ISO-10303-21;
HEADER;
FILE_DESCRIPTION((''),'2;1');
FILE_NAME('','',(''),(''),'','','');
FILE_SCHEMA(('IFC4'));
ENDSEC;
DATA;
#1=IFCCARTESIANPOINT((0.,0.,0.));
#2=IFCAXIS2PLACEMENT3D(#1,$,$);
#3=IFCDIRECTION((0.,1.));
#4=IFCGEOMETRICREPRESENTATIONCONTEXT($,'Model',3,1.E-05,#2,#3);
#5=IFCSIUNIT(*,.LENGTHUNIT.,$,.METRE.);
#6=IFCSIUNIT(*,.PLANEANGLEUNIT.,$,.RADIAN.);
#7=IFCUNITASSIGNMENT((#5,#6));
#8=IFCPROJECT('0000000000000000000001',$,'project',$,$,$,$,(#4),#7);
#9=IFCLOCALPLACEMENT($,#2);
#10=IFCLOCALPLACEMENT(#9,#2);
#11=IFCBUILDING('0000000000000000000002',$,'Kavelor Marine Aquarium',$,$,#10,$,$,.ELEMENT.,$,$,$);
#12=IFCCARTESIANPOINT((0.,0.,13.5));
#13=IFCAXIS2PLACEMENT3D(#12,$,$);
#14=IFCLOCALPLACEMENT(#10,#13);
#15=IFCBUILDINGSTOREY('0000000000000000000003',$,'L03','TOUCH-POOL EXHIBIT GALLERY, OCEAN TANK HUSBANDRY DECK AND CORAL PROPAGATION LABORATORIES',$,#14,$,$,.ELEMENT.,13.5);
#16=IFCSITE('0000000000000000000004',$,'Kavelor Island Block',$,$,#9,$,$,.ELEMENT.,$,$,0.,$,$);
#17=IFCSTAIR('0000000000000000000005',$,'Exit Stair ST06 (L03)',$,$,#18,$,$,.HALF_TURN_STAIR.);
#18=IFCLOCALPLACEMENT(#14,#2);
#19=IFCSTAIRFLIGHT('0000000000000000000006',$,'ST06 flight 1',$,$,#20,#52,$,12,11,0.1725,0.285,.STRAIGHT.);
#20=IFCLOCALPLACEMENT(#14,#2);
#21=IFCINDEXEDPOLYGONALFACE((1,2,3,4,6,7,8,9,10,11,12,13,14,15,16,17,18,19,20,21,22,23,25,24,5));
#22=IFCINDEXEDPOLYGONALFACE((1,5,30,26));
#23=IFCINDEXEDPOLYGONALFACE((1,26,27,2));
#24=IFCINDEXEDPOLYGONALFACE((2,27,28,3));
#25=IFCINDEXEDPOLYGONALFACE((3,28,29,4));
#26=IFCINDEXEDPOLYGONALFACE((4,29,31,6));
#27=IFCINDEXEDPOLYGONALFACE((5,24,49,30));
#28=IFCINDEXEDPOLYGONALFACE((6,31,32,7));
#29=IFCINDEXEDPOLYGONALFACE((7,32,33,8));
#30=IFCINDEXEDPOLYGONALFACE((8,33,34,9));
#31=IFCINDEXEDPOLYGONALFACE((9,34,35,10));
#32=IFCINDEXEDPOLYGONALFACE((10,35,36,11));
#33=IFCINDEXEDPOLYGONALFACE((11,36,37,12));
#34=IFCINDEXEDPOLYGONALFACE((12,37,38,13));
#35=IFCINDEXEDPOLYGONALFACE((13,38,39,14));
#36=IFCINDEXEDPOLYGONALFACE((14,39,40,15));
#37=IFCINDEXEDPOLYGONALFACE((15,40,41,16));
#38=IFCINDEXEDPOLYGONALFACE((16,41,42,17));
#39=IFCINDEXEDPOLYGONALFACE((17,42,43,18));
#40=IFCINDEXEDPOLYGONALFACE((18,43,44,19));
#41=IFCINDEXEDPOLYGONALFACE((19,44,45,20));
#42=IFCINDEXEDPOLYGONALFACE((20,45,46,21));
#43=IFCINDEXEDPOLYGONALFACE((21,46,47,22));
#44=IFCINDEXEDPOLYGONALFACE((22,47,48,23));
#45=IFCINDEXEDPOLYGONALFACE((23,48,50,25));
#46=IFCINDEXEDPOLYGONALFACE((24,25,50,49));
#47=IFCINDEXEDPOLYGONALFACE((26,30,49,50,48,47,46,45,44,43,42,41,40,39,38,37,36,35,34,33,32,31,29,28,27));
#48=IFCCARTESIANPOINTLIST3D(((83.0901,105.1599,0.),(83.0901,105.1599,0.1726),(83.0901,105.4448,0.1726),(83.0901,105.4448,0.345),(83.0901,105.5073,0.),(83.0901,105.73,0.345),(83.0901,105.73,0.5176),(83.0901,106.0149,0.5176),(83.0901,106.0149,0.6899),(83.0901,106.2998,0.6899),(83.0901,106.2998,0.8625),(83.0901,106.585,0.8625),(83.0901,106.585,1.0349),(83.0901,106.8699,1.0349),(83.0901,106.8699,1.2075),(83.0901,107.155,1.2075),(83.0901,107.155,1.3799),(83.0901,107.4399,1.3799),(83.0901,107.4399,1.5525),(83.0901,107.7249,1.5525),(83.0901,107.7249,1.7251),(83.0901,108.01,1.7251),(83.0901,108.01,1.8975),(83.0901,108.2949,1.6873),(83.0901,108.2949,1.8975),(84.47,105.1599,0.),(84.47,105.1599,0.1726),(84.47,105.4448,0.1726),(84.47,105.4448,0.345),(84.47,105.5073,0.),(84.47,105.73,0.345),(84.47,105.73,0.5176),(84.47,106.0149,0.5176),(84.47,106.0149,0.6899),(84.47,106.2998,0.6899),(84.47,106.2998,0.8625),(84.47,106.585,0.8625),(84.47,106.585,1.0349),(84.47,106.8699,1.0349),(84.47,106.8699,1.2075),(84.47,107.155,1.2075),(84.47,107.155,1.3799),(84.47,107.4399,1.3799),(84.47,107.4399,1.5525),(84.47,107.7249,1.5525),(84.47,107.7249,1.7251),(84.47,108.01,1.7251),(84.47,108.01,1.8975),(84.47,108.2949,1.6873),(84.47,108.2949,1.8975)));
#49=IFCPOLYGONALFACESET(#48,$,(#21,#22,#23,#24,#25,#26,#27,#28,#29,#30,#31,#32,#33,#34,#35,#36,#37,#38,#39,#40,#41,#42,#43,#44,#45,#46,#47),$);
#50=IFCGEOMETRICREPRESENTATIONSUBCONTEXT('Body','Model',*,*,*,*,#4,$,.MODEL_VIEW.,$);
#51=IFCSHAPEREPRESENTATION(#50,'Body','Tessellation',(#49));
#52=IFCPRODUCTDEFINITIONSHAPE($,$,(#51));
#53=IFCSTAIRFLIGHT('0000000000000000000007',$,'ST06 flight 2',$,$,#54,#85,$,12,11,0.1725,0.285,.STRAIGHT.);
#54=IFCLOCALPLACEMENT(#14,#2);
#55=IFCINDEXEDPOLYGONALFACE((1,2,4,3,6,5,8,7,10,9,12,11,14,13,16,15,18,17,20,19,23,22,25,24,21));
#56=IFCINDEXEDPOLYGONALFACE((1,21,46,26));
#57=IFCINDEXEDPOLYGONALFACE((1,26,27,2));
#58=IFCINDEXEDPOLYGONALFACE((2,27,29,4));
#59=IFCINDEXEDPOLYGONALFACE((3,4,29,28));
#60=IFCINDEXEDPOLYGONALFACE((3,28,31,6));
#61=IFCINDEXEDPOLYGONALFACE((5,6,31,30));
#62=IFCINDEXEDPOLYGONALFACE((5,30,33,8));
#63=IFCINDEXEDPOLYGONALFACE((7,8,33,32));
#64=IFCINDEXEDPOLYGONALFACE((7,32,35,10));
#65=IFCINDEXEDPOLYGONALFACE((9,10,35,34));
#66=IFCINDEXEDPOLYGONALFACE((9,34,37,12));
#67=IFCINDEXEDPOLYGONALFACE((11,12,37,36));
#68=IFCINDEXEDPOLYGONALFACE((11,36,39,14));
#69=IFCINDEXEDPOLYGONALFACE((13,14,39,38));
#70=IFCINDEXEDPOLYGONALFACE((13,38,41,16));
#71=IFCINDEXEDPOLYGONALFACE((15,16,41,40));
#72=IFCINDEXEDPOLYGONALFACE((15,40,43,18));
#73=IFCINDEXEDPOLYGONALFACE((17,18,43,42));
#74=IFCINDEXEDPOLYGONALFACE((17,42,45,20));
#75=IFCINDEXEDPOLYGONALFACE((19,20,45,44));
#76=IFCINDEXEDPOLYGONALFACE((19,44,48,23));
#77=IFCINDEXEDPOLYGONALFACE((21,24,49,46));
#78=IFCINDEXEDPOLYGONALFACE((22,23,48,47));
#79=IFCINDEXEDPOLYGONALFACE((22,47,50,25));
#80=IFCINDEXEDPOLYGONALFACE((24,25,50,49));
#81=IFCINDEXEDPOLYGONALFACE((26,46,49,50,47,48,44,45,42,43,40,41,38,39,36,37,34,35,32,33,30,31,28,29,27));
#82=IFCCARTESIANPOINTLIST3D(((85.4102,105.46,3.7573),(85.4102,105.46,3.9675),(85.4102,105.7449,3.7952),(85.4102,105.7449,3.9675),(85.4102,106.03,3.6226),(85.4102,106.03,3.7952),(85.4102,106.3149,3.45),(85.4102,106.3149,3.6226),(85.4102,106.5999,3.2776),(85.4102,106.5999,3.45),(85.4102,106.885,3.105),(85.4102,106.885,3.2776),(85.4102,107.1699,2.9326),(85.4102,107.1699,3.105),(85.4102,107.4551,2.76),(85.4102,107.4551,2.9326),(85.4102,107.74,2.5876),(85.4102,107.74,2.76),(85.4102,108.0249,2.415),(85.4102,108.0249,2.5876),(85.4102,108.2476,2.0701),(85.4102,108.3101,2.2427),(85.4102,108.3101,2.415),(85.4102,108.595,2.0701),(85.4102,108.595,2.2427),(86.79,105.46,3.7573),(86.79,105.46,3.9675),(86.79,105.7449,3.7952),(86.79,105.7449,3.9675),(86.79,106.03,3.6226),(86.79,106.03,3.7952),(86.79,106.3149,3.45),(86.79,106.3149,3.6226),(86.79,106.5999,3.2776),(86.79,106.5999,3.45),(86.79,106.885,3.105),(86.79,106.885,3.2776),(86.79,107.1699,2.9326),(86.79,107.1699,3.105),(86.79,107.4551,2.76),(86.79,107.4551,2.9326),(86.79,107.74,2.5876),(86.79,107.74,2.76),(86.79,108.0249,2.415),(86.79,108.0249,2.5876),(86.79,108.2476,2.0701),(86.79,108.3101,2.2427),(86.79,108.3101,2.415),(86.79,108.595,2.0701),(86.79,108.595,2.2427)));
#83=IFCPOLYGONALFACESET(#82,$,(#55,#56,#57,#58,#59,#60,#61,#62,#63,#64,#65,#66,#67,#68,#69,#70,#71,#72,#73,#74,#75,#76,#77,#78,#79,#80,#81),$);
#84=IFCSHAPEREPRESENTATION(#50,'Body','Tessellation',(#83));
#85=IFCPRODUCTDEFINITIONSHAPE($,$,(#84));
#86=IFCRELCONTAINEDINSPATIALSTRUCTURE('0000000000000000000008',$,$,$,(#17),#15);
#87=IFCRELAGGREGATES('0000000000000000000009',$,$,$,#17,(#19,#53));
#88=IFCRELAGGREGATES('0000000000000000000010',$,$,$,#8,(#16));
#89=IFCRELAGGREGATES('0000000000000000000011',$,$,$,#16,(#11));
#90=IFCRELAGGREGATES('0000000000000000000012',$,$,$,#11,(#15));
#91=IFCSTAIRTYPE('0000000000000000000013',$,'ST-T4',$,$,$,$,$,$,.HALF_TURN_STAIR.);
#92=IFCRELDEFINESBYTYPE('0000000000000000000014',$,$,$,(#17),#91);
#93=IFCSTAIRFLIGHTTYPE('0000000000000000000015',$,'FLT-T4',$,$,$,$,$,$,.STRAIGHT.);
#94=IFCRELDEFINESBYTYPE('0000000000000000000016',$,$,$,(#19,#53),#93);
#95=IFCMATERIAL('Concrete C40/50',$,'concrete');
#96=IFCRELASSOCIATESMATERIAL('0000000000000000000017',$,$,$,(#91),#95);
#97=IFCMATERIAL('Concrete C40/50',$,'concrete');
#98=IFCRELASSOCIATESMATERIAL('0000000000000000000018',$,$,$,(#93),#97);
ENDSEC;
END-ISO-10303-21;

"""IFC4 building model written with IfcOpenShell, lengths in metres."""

from ifc_helpers import new_model, si_unit, direction, frame, origin, place, context, subcontext, project, spatial, polyline, outline, extrude, material, type_object, element, aggregate, save


model = new_model("IFC4")

# Units and contexts
model_context = context("Model", 3, precision=1e-05, world=origin(), true_north=direction((0.0, 1.0)))
body_context = subcontext(model_context, "Body", "Model", "MODEL_VIEW")
ifc_project = project(units=[si_unit("LENGTHUNIT", "METRE"), si_unit("PLANEANGLEUNIT", "RADIAN")], contexts=[model_context])

# Site, building, storey
site_placement = place(None, origin())
site = spatial("IfcSite", under=ifc_project, at=site_placement, Name="Kavelor Island Block", CompositionType="ELEMENT", RefElevation=0.0)
building_placement = place(site_placement, origin())
building = spatial("IfcBuilding", under=site, at=building_placement, Name="Kavelor Marine Aquarium", CompositionType="ELEMENT")
storey_placement = place(building_placement, frame((0.0, 0.0, 13.5)))
storey = spatial("IfcBuildingStorey", under=building, at=storey_placement, Name="L03", Description="TOUCH-POOL EXHIBIT GALLERY, OCEAN TANK HUSBANDRY DECK AND CORAL PROPAGATION LABORATORIES", CompositionType="ELEMENT", Elevation=13.5)

# Stair, stair flights
ifc_material_1 = material(Name="Concrete C40/50", Category="concrete")
stair_type = type_object("IfcStairType", Name="ST-T4", PredefinedType="HALF_TURN_STAIR", material=ifc_material_1)
stair_placement = place(storey_placement, origin())
stair = element("IfcStair", 1, at=stair_placement, inside=storey, type_object=stair_type, Name="Exit Stair ST06 (L03)", PredefinedType="HALF_TURN_STAIR")
ifc_material_2 = material(Name="Concrete C40/50", Category="concrete")
stair_flight_type = type_object("IfcStairFlightType", Name="FLT-T4", PredefinedType="STRAIGHT", material=ifc_material_2)
stair_flight_1_placement = place(storey_placement, frame((83.78, 105.1599, 0.0), z_axis=(0.0, 0.0, 1.0), x_axis=(0.0, 1.0, 0.0)))
stair_flight_1 = element("IfcStairFlight", 2, at=stair_flight_1_placement, type_object=stair_flight_type, Name="ST06 flight 1", NumberOfRisers=12, NumberOfTreads=11, PredefinedType="STRAIGHT", RiserHeight=0.1725, TreadLength=0.285, context=body_context, shape_type="SweptSolid", body=[
    extrude(outline(polyline([(0.0, 0.0), (0.0, 0.1726), (0.2849, 0.1726), (0.2849, 0.345), (0.5701, 0.345), (0.5701, 0.5176), (0.855, 0.5176), (0.855, 0.6899), (1.1399, 0.6899), (1.1399, 0.8625), (1.425, 0.8625), (1.425, 1.0349), (1.71, 1.0349), (1.71, 1.2075), (1.9951, 1.2075), (1.9951, 1.3799), (2.28, 1.3799), (2.28, 1.5525), (2.5649, 1.5525), (2.5649, 1.7251), (2.8501, 1.7251), (2.8501, 1.8975), (3.135, 1.8975), (3.135, 2.0701), (3.135, 1.6873), (0.3474, 0.0), (0.0, 0.0)])), frame((0.0, 0.6899, 0.0), z_axis=(0.0, -1.0, 0.0), x_axis=(1.0, 0.0, 0.0)), (0.0, 0.0, 1.0), 1.3799),
])
stair_flight_2_placement = place(storey_placement, frame((86.1001, 108.595, 2.0701), z_axis=(0.0, 0.0, 1.0), x_axis=(0.0, -1.0, 0.0)))
stair_flight_2 = element("IfcStairFlight", 3, at=stair_flight_2_placement, type_object=stair_flight_type, Name="ST06 flight 2", NumberOfRisers=12, NumberOfTreads=11, PredefinedType="STRAIGHT", RiserHeight=0.1725, TreadLength=0.285, context=body_context, shape_type="SweptSolid", body=[
    extrude(outline(polyline([(0.0, 0.0), (0.0, 0.1726), (0.2849, 0.1726), (0.2849, 0.345), (0.5701, 0.345), (0.5701, 0.5176), (0.855, 0.5176), (0.855, 0.6899), (1.1399, 0.6899), (1.1399, 0.8625), (1.425, 0.8625), (1.425, 1.0349), (1.71, 1.0349), (1.71, 1.2075), (1.9951, 1.2075), (1.9951, 1.3799), (2.28, 1.3799), (2.28, 1.5525), (2.5649, 1.5525), (2.5649, 1.7251), (2.8501, 1.7251), (2.8501, 1.8975), (3.135, 1.8975), (3.135, 2.0701), (3.135, 1.6873), (0.3474, 0.0), (0.0, 0.0)])), frame((0.0, 0.6899, 0.0), z_axis=(0.0, -1.0, 0.0), x_axis=(1.0, 0.0, 0.0)), (0.0, 0.0, 1.0), 1.3799),
])
aggregate(stair, [stair_flight_1, stair_flight_2])

save(model, "model.ifc")
